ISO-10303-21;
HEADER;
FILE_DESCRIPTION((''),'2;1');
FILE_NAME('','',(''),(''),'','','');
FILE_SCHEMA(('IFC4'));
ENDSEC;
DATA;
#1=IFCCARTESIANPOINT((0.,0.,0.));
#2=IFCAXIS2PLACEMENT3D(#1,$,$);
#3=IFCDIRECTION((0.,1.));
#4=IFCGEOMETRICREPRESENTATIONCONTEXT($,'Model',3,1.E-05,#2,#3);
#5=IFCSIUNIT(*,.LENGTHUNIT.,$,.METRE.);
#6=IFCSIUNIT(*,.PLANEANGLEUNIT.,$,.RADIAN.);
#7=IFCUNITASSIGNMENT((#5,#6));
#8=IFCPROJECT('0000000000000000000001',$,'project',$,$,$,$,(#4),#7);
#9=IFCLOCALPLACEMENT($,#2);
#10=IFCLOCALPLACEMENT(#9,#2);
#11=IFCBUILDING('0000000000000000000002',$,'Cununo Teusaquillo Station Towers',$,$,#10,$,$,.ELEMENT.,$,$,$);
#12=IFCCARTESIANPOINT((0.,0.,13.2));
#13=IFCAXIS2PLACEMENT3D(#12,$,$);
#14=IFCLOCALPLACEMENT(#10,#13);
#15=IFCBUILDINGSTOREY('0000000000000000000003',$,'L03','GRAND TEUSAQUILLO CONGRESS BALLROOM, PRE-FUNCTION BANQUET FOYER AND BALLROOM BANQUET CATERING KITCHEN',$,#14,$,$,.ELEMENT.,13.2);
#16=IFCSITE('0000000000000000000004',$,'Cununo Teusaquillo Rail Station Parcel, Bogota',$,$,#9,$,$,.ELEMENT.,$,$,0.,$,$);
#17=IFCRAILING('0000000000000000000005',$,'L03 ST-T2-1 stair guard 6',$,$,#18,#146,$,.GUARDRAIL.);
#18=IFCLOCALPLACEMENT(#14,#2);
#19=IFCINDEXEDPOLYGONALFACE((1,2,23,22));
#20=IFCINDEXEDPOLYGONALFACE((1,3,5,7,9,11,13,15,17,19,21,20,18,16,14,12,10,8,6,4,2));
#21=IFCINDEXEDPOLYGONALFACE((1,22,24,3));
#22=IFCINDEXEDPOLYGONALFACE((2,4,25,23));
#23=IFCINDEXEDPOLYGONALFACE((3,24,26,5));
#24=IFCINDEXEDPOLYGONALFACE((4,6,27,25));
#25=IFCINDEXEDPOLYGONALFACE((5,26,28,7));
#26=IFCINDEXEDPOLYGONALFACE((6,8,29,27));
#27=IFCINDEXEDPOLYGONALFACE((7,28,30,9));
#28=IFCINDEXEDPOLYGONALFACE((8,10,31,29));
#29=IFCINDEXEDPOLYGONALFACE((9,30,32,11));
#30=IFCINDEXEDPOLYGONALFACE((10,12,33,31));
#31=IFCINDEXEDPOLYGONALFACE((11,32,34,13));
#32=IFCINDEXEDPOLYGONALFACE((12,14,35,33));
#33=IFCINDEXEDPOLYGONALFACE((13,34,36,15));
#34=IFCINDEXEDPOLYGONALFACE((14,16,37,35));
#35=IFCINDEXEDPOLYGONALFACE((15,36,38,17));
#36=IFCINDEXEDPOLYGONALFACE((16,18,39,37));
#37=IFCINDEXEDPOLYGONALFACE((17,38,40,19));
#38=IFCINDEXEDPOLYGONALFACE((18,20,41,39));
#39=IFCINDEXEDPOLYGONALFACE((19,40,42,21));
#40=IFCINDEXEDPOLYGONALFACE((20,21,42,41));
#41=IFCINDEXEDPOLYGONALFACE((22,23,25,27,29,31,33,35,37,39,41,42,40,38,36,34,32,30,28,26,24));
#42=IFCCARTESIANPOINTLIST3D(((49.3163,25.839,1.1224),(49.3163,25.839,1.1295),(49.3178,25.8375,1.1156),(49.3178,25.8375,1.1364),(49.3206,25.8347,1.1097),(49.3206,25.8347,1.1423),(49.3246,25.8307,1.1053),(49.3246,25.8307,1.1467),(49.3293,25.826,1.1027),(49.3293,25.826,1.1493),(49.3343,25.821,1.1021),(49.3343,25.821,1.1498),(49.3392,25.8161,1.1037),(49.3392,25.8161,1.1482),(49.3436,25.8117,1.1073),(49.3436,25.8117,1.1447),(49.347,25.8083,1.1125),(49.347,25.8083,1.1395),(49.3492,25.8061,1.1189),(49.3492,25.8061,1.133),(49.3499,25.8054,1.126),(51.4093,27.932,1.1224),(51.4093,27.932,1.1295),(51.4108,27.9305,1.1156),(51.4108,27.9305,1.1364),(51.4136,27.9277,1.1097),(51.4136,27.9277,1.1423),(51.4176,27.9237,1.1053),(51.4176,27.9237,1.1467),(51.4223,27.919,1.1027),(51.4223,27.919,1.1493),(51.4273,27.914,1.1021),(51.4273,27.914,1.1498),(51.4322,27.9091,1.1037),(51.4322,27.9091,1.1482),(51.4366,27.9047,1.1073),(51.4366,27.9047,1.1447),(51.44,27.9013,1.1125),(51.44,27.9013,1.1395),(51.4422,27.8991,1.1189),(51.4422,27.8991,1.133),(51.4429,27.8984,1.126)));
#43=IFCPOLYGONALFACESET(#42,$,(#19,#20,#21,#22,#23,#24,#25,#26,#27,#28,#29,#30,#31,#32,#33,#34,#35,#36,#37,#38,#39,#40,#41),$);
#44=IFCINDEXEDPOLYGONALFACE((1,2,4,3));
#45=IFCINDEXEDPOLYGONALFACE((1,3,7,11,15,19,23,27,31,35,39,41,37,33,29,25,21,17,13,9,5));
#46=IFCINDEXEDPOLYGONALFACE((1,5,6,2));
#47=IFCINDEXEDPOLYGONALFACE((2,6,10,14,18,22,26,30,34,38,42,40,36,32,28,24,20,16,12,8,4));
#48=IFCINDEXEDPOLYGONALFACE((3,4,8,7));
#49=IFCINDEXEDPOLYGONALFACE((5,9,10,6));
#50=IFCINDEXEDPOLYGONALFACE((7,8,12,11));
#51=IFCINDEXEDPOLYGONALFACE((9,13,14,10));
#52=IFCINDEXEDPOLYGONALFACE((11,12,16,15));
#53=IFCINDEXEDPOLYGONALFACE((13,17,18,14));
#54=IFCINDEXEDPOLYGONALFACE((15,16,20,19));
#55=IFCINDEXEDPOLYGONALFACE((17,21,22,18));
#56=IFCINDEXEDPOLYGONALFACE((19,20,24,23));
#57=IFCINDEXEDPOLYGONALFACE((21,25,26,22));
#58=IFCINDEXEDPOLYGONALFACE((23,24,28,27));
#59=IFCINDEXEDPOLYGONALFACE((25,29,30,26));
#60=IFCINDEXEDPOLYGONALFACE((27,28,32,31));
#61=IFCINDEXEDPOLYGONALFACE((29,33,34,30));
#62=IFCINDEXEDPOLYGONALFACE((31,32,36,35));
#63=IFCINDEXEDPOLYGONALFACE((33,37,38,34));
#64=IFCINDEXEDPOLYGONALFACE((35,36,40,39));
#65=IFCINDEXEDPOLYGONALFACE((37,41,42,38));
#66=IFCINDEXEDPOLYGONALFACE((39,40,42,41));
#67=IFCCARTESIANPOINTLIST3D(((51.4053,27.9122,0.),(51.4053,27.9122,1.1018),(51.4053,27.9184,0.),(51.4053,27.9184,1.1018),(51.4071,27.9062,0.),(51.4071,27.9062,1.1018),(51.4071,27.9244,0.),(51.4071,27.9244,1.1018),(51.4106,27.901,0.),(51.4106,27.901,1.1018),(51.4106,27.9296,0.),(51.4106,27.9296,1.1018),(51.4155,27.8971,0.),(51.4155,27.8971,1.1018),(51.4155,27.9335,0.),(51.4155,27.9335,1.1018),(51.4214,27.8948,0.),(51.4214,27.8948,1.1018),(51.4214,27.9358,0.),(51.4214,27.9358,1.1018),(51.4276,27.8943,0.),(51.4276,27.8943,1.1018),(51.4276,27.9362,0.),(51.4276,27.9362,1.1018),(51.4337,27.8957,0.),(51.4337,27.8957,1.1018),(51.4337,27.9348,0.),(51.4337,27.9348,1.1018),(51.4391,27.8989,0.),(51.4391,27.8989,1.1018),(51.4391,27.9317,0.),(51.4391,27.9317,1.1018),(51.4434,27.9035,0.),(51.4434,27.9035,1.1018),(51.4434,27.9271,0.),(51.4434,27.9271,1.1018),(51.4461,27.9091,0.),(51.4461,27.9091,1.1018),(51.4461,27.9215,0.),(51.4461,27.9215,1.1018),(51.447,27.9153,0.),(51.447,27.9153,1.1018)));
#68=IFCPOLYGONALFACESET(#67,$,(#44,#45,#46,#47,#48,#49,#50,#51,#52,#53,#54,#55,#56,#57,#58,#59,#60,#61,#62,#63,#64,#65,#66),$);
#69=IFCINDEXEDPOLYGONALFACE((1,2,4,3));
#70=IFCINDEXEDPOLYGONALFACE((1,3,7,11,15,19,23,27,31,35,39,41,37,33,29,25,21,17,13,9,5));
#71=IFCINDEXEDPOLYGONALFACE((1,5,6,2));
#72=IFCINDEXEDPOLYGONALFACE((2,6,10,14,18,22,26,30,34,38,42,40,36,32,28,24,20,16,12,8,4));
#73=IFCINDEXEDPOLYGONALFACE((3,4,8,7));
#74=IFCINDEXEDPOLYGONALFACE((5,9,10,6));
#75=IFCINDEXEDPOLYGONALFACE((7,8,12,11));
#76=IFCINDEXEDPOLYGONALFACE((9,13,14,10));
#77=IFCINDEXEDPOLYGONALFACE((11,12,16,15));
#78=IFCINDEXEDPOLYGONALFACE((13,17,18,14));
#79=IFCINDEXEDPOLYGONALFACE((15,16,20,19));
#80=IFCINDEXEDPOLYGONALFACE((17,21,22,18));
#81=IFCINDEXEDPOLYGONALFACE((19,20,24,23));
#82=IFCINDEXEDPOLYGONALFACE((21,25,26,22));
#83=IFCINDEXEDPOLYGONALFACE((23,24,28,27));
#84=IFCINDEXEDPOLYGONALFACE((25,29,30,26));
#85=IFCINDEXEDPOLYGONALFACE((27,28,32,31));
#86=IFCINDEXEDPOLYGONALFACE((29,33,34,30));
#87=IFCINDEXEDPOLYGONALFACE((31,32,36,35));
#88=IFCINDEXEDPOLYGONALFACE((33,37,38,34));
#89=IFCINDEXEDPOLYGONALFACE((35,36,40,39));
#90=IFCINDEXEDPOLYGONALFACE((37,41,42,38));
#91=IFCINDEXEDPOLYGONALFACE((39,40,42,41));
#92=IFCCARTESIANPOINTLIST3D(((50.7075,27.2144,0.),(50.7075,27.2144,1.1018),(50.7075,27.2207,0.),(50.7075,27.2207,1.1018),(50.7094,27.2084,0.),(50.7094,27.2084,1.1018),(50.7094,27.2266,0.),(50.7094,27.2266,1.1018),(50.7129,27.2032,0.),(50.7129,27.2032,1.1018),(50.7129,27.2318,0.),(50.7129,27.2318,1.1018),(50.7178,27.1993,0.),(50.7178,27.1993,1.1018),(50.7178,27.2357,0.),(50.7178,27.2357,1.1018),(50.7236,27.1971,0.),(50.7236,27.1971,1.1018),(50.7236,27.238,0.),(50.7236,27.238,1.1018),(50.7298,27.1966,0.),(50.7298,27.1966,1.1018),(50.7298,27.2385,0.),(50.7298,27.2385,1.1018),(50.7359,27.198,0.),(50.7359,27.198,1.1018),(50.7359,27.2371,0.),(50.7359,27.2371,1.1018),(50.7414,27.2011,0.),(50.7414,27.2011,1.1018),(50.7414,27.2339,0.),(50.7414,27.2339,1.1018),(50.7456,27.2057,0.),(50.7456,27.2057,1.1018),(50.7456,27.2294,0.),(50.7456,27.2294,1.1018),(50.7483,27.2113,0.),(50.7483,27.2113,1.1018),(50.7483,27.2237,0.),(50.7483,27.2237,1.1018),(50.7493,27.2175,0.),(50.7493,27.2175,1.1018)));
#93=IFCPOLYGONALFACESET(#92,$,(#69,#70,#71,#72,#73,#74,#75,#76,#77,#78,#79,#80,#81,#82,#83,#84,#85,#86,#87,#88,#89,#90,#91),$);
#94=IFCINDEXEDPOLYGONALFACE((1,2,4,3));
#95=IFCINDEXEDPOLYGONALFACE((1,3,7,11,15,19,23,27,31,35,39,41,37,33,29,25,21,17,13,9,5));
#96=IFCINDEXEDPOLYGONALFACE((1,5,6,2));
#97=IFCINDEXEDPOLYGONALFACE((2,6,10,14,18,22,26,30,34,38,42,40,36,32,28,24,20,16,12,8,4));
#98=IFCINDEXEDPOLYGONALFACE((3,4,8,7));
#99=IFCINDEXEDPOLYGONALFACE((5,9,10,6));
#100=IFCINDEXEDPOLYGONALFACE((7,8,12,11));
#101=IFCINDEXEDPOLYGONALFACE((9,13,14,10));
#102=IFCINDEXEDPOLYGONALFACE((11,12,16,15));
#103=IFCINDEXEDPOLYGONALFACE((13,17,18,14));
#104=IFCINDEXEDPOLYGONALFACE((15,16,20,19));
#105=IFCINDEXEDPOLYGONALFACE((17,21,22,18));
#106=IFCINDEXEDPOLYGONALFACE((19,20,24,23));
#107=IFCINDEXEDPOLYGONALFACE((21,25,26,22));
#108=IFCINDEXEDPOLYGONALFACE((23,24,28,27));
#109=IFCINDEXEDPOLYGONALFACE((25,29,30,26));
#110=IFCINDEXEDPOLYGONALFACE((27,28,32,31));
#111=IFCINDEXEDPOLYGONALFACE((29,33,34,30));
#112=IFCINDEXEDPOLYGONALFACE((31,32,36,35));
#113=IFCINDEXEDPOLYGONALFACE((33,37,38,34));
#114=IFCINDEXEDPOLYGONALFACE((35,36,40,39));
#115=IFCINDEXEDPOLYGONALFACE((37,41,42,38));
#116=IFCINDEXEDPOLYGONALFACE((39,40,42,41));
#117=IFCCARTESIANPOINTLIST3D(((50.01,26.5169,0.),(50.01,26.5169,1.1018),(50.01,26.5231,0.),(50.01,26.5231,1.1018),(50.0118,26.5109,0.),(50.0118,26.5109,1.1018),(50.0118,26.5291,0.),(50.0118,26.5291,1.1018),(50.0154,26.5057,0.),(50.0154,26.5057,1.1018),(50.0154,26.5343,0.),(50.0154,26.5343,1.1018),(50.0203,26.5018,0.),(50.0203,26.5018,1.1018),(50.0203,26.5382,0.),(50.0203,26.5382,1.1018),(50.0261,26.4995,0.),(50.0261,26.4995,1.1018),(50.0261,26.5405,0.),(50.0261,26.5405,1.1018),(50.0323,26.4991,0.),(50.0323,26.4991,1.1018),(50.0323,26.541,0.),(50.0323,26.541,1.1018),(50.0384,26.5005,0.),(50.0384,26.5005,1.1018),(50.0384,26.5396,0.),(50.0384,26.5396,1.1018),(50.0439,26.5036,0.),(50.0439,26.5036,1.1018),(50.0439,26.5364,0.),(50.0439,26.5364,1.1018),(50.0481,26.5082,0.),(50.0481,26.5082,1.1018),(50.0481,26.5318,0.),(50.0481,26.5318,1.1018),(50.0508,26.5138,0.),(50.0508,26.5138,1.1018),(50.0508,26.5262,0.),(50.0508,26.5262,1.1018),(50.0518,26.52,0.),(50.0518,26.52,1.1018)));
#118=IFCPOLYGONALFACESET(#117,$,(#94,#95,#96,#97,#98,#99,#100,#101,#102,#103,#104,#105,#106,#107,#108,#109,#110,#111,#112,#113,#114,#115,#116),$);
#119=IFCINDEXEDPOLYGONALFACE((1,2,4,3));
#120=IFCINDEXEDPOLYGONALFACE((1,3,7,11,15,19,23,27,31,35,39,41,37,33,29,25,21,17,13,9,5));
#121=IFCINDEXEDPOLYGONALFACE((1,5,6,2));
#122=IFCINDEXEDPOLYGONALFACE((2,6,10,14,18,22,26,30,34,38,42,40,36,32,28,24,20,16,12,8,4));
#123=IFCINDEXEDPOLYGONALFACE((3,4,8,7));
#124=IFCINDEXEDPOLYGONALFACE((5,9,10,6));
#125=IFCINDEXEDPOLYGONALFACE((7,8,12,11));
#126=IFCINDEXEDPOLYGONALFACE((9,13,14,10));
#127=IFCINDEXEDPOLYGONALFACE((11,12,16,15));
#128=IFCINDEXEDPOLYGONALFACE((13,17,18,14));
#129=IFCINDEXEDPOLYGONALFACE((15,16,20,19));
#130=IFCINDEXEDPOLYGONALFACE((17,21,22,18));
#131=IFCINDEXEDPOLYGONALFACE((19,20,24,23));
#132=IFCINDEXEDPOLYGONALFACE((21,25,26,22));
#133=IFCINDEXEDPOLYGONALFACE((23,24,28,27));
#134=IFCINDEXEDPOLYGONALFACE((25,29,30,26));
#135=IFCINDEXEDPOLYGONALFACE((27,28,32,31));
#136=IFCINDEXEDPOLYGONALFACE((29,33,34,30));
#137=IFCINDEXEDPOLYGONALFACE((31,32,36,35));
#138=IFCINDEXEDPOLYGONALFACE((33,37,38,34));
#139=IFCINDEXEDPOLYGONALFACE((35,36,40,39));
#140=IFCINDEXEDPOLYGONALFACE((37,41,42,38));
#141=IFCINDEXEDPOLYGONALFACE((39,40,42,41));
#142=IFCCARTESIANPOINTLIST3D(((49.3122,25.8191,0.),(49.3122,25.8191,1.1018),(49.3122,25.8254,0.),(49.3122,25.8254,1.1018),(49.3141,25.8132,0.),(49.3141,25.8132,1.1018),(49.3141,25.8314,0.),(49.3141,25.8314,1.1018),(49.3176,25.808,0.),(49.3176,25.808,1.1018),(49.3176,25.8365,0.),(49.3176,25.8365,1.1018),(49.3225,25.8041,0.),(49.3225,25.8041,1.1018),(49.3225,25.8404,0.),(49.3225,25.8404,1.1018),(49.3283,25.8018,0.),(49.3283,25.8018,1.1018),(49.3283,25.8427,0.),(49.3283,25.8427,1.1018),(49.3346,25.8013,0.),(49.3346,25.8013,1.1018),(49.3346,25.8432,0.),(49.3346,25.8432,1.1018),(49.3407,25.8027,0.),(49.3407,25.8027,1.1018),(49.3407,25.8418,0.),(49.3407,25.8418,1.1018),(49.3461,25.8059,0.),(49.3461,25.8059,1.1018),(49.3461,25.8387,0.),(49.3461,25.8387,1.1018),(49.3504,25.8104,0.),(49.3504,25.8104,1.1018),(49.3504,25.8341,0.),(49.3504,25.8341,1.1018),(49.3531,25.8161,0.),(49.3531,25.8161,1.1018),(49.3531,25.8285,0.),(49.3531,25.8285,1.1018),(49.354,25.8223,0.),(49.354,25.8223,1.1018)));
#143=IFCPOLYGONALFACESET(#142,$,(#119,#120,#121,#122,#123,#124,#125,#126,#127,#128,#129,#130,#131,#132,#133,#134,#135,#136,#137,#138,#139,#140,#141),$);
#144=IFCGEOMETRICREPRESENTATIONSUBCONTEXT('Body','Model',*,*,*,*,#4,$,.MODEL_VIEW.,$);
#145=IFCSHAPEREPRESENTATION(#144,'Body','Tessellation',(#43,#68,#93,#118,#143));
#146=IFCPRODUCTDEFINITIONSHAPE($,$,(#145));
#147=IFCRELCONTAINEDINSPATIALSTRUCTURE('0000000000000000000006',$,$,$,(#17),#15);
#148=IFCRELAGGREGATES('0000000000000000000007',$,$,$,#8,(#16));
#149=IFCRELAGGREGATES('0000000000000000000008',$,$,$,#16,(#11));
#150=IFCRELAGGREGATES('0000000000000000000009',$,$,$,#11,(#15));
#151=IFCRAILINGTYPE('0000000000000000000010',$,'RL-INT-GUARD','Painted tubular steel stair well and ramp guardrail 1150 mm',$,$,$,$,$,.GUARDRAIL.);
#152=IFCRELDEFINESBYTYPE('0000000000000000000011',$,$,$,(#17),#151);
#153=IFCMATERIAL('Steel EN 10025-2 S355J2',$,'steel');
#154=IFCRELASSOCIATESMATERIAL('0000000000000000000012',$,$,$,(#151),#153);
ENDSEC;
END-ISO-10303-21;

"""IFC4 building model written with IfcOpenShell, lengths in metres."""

from ifc_helpers import new_model, si_unit, direction, frame, origin, origin_2d, place, context, subcontext, project, spatial, circle, extrude, material, type_object, element, save


model = new_model("IFC4")

# Units and contexts
model_context = context("Model", 3, precision=1e-05, world=origin(), true_north=direction((0.0, 1.0)))
body_context = subcontext(model_context, "Body", "Model", "MODEL_VIEW")
ifc_project = project(units=[si_unit("LENGTHUNIT", "METRE"), si_unit("PLANEANGLEUNIT", "RADIAN")], contexts=[model_context])

# Site, building, storey
site_placement = place(None, origin())
site = spatial("IfcSite", under=ifc_project, at=site_placement, Name="Cununo Teusaquillo Rail Station Parcel, Bogota", CompositionType="ELEMENT", RefElevation=0.0)
building_placement = place(site_placement, origin())
building = spatial("IfcBuilding", under=site, at=building_placement, Name="Cununo Teusaquillo Station Towers", CompositionType="ELEMENT")
storey_placement = place(building_placement, frame((0.0, 0.0, 13.2)))
storey = spatial("IfcBuildingStorey", under=building, at=storey_placement, Name="L03", Description="GRAND TEUSAQUILLO CONGRESS BALLROOM, PRE-FUNCTION BANQUET FOYER AND BALLROOM BANQUET CATERING KITCHEN", CompositionType="ELEMENT", Elevation=13.2)

# Railing
ifc_material_1 = material(Name="Steel EN 10025-2 S355J2", Category="steel")
railing_type = type_object("IfcRailingType", Name="RL-INT-GUARD", Description="Painted tubular steel stair well and ramp guardrail 1150 mm", PredefinedType="GUARDRAIL", material=ifc_material_1)
railing_1_placement = place(storey_placement, frame((51.426, 27.9153, 0.0)))
element("IfcRailing", 1, at=railing_1_placement, inside=storey, type_object=railing_type, Name="L03 ST-T2-1 stair guard 6", PredefinedType="GUARDRAIL", context=body_context, shape_type="SweptSolid", body=[
    extrude(circle(Radius=0.0239, at=origin_2d()), frame((0.0, 0.0, 1.126), z_axis=(-0.707107, -0.707107, 0.0), x_axis=(0.707107, -0.707107, 0.0)), (0.0, 0.0, 1.0), 2.96),
    extrude(circle(Radius=0.021, at=origin_2d()), origin(), (0.0, 0.0, 1.0), 1.1018),
    extrude(circle(Radius=0.021, at=origin_2d()), frame((-0.6978, -0.6978, 0.0)), (0.0, 0.0, 1.0), 1.1018),
    extrude(circle(Radius=0.021, at=origin_2d()), frame((-1.3953, -1.3953, 0.0)), (0.0, 0.0, 1.0), 1.1018),
    extrude(circle(Radius=0.021, at=origin_2d()), frame((-2.093, -2.093, 0.0)), (0.0, 0.0, 1.0), 1.1018),
])

save(model, "model.ifc")
